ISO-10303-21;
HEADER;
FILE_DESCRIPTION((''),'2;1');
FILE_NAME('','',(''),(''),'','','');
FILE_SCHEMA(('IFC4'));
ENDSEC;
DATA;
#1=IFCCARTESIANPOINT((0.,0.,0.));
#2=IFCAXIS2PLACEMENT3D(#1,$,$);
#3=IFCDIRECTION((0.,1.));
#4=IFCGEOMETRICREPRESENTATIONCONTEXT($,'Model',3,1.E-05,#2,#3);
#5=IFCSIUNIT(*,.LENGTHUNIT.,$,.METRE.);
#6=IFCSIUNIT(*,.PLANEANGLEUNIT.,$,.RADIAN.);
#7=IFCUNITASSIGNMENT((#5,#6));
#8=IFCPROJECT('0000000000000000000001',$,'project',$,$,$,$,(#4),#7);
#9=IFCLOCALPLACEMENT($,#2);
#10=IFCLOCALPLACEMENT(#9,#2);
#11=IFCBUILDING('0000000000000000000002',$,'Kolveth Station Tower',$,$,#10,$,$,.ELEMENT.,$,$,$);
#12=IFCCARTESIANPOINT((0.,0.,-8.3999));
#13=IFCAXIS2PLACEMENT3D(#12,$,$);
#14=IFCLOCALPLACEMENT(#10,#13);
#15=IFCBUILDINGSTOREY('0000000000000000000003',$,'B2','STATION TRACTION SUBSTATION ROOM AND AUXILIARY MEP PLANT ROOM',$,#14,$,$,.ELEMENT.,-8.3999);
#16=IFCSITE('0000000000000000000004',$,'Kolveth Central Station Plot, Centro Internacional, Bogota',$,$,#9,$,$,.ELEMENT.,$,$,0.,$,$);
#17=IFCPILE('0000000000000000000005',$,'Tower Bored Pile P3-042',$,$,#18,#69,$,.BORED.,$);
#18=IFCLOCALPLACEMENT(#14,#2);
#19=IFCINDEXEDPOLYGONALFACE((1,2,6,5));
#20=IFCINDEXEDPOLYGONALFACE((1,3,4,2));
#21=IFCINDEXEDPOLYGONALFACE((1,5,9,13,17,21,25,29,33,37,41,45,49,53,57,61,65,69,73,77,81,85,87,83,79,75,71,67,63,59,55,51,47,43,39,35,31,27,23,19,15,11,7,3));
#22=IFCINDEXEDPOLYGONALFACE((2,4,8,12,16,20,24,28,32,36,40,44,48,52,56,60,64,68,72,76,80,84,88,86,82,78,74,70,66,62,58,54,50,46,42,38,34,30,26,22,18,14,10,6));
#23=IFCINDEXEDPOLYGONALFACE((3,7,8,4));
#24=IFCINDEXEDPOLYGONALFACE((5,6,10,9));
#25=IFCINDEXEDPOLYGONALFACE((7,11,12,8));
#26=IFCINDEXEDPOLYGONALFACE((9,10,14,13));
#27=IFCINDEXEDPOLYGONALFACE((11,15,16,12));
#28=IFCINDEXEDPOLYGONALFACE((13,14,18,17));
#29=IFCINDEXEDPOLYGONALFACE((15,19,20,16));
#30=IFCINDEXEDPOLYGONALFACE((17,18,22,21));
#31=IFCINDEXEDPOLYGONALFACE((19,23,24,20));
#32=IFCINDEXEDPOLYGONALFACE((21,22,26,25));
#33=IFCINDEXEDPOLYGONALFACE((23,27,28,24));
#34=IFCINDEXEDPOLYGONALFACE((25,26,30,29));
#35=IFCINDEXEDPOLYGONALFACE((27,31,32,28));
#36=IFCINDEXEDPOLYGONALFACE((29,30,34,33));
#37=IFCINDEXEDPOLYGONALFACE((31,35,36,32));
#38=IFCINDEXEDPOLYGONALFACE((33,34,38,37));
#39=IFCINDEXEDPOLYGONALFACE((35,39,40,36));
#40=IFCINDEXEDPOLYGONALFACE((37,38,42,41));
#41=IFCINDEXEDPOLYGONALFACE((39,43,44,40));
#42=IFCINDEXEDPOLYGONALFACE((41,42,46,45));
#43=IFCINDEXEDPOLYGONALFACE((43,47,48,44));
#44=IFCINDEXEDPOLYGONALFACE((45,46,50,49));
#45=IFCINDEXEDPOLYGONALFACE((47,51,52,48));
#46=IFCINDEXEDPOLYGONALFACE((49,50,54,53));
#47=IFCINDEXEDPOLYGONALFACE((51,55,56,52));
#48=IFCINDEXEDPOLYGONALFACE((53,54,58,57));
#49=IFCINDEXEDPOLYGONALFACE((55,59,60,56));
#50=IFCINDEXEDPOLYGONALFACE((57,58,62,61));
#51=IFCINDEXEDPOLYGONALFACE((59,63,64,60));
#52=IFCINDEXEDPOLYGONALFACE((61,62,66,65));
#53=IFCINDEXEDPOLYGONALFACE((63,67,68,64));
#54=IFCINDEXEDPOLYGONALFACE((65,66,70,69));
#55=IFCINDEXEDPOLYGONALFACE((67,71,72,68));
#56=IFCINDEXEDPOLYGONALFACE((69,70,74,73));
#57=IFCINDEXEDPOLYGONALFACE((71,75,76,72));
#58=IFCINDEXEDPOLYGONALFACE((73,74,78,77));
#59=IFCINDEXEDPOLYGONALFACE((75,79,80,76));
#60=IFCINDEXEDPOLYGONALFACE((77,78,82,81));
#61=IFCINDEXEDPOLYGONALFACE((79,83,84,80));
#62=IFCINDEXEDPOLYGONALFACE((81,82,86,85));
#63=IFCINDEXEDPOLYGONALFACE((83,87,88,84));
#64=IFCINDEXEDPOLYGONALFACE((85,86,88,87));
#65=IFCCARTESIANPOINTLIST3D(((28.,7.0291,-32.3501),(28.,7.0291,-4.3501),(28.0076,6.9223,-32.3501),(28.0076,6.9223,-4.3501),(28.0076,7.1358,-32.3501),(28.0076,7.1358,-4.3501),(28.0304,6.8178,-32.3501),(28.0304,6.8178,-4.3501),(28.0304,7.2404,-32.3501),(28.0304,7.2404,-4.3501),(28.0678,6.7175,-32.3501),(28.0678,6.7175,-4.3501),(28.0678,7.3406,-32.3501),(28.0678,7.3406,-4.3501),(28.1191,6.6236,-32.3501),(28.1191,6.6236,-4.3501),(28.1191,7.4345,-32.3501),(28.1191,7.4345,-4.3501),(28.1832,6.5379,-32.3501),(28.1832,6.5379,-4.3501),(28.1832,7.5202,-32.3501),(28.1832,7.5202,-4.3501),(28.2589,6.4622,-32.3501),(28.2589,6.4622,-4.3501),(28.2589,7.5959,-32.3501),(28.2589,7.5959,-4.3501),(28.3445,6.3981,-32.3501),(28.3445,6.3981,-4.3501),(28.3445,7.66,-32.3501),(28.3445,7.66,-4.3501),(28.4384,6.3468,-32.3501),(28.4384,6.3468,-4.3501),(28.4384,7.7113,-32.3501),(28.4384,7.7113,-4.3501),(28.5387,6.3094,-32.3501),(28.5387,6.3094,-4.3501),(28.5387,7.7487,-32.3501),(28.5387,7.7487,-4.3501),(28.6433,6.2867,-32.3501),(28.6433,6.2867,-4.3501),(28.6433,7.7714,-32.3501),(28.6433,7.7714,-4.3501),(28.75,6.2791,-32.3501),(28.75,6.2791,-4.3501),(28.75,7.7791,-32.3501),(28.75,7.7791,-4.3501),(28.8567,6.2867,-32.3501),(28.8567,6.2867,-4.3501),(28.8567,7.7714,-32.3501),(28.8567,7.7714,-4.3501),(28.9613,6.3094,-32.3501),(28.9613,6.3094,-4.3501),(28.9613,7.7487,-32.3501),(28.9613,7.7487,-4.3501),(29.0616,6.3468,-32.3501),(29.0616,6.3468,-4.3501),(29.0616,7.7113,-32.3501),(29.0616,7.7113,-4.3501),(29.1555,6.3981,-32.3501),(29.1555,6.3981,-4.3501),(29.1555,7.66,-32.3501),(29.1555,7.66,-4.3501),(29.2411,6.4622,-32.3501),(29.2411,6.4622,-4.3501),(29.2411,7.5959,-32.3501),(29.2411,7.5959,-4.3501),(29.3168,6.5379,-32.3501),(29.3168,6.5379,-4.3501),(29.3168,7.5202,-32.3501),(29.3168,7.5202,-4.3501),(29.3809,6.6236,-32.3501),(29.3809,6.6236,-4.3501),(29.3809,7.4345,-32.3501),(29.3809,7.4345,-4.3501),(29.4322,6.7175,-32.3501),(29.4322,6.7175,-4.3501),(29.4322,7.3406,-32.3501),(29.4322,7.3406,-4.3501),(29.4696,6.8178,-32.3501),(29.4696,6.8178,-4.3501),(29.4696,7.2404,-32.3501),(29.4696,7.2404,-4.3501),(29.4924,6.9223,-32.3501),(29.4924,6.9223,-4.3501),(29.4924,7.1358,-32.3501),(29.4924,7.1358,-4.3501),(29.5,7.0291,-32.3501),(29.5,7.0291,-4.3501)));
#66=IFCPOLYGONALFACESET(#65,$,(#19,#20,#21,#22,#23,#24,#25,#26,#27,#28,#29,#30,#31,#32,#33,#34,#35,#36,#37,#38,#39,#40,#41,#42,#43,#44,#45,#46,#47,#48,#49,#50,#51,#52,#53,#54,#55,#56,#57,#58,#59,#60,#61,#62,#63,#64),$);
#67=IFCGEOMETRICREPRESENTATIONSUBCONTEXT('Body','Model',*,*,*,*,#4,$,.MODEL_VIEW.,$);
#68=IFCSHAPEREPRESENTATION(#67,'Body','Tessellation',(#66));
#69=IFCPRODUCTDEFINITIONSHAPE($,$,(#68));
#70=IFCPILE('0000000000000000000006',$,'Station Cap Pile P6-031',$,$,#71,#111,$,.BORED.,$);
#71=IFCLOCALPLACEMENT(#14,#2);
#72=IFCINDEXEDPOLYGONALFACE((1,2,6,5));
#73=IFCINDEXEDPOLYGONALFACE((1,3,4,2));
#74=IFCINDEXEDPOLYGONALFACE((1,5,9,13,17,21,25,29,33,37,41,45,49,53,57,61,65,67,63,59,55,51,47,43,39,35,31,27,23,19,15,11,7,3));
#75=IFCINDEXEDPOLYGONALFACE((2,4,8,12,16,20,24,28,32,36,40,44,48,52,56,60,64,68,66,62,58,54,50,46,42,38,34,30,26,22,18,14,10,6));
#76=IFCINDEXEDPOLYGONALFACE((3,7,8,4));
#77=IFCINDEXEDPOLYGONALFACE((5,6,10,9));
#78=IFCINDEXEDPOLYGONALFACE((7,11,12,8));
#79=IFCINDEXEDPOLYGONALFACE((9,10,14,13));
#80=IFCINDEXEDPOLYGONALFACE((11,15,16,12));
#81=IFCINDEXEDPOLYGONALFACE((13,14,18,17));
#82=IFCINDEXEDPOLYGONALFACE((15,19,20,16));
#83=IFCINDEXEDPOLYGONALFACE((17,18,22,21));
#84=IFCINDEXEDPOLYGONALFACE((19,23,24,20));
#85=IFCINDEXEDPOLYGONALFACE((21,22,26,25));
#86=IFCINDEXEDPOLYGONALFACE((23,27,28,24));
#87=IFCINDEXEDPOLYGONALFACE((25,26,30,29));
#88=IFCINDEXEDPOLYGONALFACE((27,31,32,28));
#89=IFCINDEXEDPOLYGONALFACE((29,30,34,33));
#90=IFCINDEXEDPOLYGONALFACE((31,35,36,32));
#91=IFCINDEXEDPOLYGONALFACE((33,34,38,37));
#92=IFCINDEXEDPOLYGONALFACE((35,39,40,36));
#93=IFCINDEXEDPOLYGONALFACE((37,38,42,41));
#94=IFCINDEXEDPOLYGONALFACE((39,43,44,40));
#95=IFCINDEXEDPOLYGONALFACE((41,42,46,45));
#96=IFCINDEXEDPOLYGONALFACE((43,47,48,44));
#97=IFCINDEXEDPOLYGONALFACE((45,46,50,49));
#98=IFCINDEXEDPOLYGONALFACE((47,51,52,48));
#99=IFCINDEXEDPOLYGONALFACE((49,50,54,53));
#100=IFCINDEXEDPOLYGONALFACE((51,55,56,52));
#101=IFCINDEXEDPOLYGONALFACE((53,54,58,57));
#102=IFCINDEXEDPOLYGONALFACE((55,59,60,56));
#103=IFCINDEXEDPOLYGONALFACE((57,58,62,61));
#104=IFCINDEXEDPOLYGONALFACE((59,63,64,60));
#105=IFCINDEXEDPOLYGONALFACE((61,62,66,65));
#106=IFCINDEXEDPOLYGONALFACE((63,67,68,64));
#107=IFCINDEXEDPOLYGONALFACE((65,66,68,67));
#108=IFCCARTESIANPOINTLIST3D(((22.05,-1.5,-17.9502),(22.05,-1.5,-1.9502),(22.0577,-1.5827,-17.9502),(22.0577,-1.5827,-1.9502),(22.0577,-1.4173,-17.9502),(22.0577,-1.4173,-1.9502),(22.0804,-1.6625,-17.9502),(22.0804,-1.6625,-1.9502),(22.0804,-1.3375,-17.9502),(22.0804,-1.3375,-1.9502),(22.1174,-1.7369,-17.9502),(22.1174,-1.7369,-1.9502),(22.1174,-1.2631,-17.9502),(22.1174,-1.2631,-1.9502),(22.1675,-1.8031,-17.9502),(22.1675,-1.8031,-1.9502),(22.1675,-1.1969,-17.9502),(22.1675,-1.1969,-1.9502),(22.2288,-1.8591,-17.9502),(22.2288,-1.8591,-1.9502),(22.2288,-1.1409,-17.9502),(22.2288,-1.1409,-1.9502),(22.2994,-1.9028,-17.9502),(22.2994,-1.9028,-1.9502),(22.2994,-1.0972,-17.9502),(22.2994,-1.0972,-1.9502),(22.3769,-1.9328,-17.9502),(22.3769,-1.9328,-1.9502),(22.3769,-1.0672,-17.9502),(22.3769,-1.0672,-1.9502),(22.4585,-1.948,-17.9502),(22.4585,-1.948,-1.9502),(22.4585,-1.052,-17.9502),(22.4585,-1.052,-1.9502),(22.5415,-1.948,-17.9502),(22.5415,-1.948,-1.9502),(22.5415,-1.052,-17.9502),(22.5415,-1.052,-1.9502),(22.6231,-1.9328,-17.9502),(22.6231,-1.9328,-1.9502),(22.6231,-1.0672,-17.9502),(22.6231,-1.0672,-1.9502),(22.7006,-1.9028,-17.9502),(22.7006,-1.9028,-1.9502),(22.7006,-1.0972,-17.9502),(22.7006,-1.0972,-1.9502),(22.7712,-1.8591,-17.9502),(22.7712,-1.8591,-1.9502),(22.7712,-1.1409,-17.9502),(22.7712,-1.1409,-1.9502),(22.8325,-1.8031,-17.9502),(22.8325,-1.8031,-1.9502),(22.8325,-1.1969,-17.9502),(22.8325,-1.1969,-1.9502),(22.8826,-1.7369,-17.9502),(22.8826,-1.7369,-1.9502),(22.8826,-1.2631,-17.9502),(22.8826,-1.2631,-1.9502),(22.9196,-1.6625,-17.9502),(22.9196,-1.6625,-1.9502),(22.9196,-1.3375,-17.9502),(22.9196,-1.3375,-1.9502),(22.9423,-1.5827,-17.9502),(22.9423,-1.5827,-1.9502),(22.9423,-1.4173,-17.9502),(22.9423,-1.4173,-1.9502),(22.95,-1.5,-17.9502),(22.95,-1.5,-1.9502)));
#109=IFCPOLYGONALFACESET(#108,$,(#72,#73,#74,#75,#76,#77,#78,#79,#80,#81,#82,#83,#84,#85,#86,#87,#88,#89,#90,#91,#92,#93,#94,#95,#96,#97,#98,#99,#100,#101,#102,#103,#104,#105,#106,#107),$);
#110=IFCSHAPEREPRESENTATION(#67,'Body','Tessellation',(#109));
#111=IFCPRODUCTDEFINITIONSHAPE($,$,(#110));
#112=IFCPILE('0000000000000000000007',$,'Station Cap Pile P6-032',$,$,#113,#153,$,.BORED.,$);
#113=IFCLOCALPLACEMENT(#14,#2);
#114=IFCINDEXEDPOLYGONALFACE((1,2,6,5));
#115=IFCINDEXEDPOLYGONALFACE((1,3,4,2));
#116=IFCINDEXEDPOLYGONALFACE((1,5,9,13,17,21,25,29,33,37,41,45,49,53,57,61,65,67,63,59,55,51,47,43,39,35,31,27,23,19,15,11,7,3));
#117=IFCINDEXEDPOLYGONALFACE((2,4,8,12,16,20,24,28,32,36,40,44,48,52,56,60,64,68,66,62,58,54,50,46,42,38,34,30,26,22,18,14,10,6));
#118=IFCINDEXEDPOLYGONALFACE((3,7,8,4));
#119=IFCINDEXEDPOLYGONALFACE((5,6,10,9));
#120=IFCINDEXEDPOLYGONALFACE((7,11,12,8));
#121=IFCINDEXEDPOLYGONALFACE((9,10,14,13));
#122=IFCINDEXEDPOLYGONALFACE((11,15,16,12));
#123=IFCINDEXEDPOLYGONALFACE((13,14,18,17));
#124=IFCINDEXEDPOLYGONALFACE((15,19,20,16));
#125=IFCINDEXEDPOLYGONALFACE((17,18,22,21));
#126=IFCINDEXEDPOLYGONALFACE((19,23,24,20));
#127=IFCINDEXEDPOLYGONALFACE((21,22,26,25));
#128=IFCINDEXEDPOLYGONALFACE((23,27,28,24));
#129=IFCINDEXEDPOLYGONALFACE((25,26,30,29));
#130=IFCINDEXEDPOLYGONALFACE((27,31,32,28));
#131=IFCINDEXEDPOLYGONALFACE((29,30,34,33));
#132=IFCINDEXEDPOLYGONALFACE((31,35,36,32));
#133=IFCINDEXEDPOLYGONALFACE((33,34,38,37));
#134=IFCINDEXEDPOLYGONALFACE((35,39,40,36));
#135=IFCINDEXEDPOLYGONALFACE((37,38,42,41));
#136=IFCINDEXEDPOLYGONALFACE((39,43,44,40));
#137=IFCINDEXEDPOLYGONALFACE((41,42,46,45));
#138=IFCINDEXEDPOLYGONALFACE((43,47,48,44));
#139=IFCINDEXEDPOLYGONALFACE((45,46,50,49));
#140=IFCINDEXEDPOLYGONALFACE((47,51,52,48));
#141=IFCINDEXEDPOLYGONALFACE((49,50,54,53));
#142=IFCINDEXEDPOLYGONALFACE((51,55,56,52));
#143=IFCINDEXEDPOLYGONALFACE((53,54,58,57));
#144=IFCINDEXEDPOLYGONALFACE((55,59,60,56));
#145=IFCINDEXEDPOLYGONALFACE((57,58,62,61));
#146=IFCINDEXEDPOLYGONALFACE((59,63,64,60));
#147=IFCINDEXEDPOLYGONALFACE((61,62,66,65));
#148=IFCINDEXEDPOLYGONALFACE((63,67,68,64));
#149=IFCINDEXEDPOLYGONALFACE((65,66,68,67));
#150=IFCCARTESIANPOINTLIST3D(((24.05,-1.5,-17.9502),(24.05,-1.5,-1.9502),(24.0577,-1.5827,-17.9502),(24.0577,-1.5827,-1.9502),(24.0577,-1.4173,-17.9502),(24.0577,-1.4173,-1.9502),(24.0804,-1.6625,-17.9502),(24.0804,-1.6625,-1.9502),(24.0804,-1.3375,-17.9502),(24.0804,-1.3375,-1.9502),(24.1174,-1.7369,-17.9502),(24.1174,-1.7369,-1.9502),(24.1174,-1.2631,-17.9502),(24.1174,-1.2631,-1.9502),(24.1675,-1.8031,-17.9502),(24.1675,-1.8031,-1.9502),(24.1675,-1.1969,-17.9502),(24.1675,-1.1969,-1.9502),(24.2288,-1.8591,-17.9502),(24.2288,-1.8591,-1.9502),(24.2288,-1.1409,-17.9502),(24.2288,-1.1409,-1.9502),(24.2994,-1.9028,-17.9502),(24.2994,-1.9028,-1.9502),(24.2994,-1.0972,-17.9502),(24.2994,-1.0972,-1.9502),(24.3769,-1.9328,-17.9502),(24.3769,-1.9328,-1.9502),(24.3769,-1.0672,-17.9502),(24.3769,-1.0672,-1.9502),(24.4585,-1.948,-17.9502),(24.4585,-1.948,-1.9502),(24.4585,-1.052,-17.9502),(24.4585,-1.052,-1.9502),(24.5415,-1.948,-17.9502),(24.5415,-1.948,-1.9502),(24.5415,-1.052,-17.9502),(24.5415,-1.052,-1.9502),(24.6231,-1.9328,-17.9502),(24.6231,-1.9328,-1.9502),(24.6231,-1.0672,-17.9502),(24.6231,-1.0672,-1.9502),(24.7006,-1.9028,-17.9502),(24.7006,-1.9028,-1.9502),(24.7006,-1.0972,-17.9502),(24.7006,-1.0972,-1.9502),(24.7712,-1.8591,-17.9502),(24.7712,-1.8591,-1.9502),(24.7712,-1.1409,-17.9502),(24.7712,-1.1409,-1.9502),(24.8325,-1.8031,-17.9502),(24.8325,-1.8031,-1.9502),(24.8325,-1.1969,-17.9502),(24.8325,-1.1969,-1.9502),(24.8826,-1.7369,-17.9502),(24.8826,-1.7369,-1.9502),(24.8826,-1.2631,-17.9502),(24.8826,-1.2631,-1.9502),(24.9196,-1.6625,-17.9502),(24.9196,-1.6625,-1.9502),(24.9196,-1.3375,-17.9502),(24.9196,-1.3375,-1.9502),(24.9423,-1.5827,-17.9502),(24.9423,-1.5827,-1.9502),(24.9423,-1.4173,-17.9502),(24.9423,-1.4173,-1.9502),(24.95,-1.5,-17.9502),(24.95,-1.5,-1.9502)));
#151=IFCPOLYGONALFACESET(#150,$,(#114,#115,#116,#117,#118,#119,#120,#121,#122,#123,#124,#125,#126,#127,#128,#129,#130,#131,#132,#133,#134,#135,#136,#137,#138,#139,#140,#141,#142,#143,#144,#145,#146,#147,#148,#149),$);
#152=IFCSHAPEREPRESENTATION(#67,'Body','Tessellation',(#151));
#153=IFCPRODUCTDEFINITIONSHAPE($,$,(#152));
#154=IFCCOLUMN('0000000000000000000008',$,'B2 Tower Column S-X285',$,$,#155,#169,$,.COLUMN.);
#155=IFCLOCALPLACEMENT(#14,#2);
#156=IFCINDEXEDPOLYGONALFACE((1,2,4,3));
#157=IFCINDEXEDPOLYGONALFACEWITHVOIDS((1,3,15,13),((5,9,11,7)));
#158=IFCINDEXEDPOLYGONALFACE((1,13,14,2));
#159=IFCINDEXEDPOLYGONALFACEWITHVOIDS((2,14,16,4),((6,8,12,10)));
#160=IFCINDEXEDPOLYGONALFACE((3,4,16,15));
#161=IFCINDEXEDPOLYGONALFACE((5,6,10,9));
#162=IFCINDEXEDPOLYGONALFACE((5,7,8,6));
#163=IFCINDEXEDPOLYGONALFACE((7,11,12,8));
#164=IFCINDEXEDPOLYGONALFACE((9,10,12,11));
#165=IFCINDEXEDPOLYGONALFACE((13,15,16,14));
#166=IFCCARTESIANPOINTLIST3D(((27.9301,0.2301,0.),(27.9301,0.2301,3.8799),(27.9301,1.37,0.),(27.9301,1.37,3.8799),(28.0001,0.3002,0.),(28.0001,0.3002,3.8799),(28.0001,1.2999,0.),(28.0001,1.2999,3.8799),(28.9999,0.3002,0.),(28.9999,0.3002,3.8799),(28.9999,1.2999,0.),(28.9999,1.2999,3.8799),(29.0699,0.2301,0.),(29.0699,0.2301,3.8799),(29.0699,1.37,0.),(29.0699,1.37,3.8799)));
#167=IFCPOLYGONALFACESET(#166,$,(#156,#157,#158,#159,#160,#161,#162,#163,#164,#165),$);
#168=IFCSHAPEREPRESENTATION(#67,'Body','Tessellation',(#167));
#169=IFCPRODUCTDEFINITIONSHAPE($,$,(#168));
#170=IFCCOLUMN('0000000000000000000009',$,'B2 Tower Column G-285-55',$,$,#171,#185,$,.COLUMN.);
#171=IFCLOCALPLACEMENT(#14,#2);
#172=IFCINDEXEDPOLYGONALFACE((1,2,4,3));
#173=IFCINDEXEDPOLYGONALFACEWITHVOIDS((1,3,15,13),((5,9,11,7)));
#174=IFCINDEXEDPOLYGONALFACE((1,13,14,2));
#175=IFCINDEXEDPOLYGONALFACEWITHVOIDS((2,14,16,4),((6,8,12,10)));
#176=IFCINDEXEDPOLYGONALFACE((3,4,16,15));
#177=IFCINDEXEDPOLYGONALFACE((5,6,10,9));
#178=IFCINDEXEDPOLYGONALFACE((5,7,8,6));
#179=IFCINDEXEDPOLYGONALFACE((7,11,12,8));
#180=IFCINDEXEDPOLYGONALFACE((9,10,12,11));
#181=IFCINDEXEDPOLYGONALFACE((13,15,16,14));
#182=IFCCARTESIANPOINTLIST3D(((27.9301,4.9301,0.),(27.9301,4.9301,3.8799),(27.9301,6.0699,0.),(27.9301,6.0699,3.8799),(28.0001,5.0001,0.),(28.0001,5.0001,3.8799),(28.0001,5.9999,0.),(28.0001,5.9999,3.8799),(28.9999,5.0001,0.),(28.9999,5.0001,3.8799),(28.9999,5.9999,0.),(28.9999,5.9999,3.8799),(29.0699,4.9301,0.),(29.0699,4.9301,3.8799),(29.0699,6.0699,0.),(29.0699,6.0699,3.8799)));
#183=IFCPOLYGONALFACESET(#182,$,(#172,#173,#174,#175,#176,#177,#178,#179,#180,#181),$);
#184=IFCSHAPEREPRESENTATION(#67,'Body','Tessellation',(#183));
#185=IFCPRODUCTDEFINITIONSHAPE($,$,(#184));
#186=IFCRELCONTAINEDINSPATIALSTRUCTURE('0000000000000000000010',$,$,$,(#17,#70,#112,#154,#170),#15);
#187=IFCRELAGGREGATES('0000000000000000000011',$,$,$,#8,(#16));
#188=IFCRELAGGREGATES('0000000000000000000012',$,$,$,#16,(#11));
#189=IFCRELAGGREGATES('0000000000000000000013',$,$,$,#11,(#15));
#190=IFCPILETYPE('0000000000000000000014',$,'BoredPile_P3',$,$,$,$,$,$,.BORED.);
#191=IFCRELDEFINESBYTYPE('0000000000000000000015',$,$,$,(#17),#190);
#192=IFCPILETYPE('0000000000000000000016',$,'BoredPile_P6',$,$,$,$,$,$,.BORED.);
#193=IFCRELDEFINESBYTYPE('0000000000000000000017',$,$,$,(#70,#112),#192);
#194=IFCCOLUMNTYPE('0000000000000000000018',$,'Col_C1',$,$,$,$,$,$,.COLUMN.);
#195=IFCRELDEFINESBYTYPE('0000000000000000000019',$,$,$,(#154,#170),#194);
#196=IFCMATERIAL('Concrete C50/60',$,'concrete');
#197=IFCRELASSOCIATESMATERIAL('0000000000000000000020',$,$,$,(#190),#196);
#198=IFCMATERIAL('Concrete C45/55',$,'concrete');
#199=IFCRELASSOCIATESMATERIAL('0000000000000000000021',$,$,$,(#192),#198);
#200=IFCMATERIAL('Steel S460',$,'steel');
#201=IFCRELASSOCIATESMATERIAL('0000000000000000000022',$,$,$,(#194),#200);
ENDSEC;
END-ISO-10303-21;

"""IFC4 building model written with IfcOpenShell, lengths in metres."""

from ifc_helpers import new_model, si_unit, direction, frame, origin, origin_2d, place, context, subcontext, project, spatial, hollow_rectangle, circle, extrude, source, transform, mapped, material, material_profile, profile_set, type_object, element, save


model = new_model("IFC4")

# Units and contexts
model_context = context("Model", 3, precision=1e-05, world=origin(), true_north=direction((0.0, 1.0)))
body_context = subcontext(model_context, "Body", "Model", "MODEL_VIEW")
ifc_project = project(units=[si_unit("LENGTHUNIT", "METRE"), si_unit("PLANEANGLEUNIT", "RADIAN")], contexts=[model_context])

# Site, building, storey
site_placement = place(None, origin())
site = spatial("IfcSite", under=ifc_project, at=site_placement, Name="Kolveth Central Station Plot, Centro Internacional, Bogota", CompositionType="ELEMENT", RefElevation=0.0)
building_placement = place(site_placement, origin())
building = spatial("IfcBuilding", under=site, at=building_placement, Name="Kolveth Station Tower", CompositionType="ELEMENT")
storey_placement = place(building_placement, frame((0.0, 0.0, -8.3999)))
storey = spatial("IfcBuildingStorey", under=building, at=storey_placement, Name="B2", Description="STATION TRACTION SUBSTATION ROOM AND AUXILIARY MEP PLANT ROOM", CompositionType="ELEMENT", Elevation=-8.3999)

# Piles
ifc_material_1 = material(Name="Concrete C50/60", Category="concrete")
ifc_material_profile_1 = material_profile(ifc_material_1, circle(Radius=0.75, at=origin_2d()), Name="PILE-D1500")
ifc_profile_set_1 = profile_set([ifc_material_profile_1], Name="Concrete C50/60")
pile_type_1 = type_object("IfcPileType", Name="BoredPile_P3", PredefinedType="BORED", material=ifc_profile_set_1)
shared_shape_1 = source(origin(), body_context, "Body", "SweptSolid", [
    extrude(circle(Radius=0.75, at=origin_2d()), origin(), (0.0, 0.0, 1.0), 28.0),
])
for number, where, z_axis, x_axis, name in (
    (1, (28.75, 7.0291, -4.3501), (0.0, 0.0, -1.0), (1.0, 0.0, 0.0), "Tower Bored Pile P3-042"),
):
    element("IfcPile", number, at=place(storey_placement, frame(where, z_axis=z_axis, x_axis=x_axis)), inside=storey, type_object=pile_type_1, Name=name, PredefinedType="BORED", context=body_context, shape_type="MappedRepresentation", body=[
        mapped(shared_shape_1, transform((0.0, 0.0, 0.0), x_axis=(1.0, 0.0, 0.0), y_axis=(0.0, 1.0, 0.0), z_axis=(0.0, 0.0, 1.0), scale=1.0)),
    ])
ifc_material_2 = material(Name="Concrete C45/55", Category="concrete")
ifc_material_profile_2 = material_profile(ifc_material_2, circle(Radius=0.45, at=origin_2d()), Name="PILE-D900")
ifc_profile_set_2 = profile_set([ifc_material_profile_2], Name="Concrete C45/55")
pile_type_2 = type_object("IfcPileType", Name="BoredPile_P6", PredefinedType="BORED", material=ifc_profile_set_2)
shared_shape_2 = source(origin(), body_context, "Body", "SweptSolid", [
    extrude(circle(Radius=0.45, at=origin_2d()), origin(), (0.0, 0.0, 1.0), 16.0),
])
for number, where, z_axis, x_axis, name in (
    (2, (22.5, -1.5, -1.9502), (0.0, 0.0, -1.0), (1.0, 0.0, 0.0), "Station Cap Pile P6-031"),
    (3, (24.5, -1.5, -1.9502), (0.0, 0.0, -1.0), (1.0, 0.0, 0.0), "Station Cap Pile P6-032"),
):
    element("IfcPile", number, at=place(storey_placement, frame(where, z_axis=z_axis, x_axis=x_axis)), inside=storey, type_object=pile_type_2, Name=name, PredefinedType="BORED", context=body_context, shape_type="MappedRepresentation", body=[
        mapped(shared_shape_2, transform((0.0, 0.0, 0.0), x_axis=(1.0, 0.0, 0.0), y_axis=(0.0, 1.0, 0.0), z_axis=(0.0, 0.0, 1.0), scale=1.0)),
    ])

# Columns
ifc_material_3 = material(Name="Steel S460", Category="steel")
ifc_material_profile_3 = material_profile(ifc_material_3, hollow_rectangle(XDim=1.1399, YDim=1.1399, WallThickness=0.0701, at=origin_2d()), Name="BOX1140x1140x70")
ifc_profile_set_3 = profile_set([ifc_material_profile_3], Name="Steel S460")
column_type_1 = type_object("IfcColumnType", Name="Col_C1", PredefinedType="COLUMN", material=ifc_profile_set_3)
shared_shape_3 = source(origin(), body_context, "Body", "SweptSolid", [
    extrude(hollow_rectangle(XDim=1.1399, YDim=1.1399, WallThickness=0.0701, at=origin_2d()), origin(), (0.0, 0.0, 1.0), 3.8799),
])
for number, where, z_axis, x_axis, name in (
    (4, (28.5, 0.8, 0.0), (0.0, 0.0, 1.0), (1.0, 0.0, 0.0), "B2 Tower Column S-X285"),
    (5, (28.5, 5.5, 0.0), (0.0, 0.0, 1.0), (1.0, 0.0, 0.0), "B2 Tower Column G-285-55"),
):
    element("IfcColumn", number, at=place(storey_placement, frame(where, z_axis=z_axis, x_axis=x_axis)), inside=storey, type_object=column_type_1, Name=name, PredefinedType="COLUMN", context=body_context, shape_type="MappedRepresentation", body=[
        mapped(shared_shape_3, transform((0.0, 0.0, 0.0), x_axis=(1.0, 0.0, 0.0), y_axis=(0.0, 1.0, 0.0), z_axis=(0.0, 0.0, 1.0), scale=1.0)),
    ])

save(model, "model.ifc")
